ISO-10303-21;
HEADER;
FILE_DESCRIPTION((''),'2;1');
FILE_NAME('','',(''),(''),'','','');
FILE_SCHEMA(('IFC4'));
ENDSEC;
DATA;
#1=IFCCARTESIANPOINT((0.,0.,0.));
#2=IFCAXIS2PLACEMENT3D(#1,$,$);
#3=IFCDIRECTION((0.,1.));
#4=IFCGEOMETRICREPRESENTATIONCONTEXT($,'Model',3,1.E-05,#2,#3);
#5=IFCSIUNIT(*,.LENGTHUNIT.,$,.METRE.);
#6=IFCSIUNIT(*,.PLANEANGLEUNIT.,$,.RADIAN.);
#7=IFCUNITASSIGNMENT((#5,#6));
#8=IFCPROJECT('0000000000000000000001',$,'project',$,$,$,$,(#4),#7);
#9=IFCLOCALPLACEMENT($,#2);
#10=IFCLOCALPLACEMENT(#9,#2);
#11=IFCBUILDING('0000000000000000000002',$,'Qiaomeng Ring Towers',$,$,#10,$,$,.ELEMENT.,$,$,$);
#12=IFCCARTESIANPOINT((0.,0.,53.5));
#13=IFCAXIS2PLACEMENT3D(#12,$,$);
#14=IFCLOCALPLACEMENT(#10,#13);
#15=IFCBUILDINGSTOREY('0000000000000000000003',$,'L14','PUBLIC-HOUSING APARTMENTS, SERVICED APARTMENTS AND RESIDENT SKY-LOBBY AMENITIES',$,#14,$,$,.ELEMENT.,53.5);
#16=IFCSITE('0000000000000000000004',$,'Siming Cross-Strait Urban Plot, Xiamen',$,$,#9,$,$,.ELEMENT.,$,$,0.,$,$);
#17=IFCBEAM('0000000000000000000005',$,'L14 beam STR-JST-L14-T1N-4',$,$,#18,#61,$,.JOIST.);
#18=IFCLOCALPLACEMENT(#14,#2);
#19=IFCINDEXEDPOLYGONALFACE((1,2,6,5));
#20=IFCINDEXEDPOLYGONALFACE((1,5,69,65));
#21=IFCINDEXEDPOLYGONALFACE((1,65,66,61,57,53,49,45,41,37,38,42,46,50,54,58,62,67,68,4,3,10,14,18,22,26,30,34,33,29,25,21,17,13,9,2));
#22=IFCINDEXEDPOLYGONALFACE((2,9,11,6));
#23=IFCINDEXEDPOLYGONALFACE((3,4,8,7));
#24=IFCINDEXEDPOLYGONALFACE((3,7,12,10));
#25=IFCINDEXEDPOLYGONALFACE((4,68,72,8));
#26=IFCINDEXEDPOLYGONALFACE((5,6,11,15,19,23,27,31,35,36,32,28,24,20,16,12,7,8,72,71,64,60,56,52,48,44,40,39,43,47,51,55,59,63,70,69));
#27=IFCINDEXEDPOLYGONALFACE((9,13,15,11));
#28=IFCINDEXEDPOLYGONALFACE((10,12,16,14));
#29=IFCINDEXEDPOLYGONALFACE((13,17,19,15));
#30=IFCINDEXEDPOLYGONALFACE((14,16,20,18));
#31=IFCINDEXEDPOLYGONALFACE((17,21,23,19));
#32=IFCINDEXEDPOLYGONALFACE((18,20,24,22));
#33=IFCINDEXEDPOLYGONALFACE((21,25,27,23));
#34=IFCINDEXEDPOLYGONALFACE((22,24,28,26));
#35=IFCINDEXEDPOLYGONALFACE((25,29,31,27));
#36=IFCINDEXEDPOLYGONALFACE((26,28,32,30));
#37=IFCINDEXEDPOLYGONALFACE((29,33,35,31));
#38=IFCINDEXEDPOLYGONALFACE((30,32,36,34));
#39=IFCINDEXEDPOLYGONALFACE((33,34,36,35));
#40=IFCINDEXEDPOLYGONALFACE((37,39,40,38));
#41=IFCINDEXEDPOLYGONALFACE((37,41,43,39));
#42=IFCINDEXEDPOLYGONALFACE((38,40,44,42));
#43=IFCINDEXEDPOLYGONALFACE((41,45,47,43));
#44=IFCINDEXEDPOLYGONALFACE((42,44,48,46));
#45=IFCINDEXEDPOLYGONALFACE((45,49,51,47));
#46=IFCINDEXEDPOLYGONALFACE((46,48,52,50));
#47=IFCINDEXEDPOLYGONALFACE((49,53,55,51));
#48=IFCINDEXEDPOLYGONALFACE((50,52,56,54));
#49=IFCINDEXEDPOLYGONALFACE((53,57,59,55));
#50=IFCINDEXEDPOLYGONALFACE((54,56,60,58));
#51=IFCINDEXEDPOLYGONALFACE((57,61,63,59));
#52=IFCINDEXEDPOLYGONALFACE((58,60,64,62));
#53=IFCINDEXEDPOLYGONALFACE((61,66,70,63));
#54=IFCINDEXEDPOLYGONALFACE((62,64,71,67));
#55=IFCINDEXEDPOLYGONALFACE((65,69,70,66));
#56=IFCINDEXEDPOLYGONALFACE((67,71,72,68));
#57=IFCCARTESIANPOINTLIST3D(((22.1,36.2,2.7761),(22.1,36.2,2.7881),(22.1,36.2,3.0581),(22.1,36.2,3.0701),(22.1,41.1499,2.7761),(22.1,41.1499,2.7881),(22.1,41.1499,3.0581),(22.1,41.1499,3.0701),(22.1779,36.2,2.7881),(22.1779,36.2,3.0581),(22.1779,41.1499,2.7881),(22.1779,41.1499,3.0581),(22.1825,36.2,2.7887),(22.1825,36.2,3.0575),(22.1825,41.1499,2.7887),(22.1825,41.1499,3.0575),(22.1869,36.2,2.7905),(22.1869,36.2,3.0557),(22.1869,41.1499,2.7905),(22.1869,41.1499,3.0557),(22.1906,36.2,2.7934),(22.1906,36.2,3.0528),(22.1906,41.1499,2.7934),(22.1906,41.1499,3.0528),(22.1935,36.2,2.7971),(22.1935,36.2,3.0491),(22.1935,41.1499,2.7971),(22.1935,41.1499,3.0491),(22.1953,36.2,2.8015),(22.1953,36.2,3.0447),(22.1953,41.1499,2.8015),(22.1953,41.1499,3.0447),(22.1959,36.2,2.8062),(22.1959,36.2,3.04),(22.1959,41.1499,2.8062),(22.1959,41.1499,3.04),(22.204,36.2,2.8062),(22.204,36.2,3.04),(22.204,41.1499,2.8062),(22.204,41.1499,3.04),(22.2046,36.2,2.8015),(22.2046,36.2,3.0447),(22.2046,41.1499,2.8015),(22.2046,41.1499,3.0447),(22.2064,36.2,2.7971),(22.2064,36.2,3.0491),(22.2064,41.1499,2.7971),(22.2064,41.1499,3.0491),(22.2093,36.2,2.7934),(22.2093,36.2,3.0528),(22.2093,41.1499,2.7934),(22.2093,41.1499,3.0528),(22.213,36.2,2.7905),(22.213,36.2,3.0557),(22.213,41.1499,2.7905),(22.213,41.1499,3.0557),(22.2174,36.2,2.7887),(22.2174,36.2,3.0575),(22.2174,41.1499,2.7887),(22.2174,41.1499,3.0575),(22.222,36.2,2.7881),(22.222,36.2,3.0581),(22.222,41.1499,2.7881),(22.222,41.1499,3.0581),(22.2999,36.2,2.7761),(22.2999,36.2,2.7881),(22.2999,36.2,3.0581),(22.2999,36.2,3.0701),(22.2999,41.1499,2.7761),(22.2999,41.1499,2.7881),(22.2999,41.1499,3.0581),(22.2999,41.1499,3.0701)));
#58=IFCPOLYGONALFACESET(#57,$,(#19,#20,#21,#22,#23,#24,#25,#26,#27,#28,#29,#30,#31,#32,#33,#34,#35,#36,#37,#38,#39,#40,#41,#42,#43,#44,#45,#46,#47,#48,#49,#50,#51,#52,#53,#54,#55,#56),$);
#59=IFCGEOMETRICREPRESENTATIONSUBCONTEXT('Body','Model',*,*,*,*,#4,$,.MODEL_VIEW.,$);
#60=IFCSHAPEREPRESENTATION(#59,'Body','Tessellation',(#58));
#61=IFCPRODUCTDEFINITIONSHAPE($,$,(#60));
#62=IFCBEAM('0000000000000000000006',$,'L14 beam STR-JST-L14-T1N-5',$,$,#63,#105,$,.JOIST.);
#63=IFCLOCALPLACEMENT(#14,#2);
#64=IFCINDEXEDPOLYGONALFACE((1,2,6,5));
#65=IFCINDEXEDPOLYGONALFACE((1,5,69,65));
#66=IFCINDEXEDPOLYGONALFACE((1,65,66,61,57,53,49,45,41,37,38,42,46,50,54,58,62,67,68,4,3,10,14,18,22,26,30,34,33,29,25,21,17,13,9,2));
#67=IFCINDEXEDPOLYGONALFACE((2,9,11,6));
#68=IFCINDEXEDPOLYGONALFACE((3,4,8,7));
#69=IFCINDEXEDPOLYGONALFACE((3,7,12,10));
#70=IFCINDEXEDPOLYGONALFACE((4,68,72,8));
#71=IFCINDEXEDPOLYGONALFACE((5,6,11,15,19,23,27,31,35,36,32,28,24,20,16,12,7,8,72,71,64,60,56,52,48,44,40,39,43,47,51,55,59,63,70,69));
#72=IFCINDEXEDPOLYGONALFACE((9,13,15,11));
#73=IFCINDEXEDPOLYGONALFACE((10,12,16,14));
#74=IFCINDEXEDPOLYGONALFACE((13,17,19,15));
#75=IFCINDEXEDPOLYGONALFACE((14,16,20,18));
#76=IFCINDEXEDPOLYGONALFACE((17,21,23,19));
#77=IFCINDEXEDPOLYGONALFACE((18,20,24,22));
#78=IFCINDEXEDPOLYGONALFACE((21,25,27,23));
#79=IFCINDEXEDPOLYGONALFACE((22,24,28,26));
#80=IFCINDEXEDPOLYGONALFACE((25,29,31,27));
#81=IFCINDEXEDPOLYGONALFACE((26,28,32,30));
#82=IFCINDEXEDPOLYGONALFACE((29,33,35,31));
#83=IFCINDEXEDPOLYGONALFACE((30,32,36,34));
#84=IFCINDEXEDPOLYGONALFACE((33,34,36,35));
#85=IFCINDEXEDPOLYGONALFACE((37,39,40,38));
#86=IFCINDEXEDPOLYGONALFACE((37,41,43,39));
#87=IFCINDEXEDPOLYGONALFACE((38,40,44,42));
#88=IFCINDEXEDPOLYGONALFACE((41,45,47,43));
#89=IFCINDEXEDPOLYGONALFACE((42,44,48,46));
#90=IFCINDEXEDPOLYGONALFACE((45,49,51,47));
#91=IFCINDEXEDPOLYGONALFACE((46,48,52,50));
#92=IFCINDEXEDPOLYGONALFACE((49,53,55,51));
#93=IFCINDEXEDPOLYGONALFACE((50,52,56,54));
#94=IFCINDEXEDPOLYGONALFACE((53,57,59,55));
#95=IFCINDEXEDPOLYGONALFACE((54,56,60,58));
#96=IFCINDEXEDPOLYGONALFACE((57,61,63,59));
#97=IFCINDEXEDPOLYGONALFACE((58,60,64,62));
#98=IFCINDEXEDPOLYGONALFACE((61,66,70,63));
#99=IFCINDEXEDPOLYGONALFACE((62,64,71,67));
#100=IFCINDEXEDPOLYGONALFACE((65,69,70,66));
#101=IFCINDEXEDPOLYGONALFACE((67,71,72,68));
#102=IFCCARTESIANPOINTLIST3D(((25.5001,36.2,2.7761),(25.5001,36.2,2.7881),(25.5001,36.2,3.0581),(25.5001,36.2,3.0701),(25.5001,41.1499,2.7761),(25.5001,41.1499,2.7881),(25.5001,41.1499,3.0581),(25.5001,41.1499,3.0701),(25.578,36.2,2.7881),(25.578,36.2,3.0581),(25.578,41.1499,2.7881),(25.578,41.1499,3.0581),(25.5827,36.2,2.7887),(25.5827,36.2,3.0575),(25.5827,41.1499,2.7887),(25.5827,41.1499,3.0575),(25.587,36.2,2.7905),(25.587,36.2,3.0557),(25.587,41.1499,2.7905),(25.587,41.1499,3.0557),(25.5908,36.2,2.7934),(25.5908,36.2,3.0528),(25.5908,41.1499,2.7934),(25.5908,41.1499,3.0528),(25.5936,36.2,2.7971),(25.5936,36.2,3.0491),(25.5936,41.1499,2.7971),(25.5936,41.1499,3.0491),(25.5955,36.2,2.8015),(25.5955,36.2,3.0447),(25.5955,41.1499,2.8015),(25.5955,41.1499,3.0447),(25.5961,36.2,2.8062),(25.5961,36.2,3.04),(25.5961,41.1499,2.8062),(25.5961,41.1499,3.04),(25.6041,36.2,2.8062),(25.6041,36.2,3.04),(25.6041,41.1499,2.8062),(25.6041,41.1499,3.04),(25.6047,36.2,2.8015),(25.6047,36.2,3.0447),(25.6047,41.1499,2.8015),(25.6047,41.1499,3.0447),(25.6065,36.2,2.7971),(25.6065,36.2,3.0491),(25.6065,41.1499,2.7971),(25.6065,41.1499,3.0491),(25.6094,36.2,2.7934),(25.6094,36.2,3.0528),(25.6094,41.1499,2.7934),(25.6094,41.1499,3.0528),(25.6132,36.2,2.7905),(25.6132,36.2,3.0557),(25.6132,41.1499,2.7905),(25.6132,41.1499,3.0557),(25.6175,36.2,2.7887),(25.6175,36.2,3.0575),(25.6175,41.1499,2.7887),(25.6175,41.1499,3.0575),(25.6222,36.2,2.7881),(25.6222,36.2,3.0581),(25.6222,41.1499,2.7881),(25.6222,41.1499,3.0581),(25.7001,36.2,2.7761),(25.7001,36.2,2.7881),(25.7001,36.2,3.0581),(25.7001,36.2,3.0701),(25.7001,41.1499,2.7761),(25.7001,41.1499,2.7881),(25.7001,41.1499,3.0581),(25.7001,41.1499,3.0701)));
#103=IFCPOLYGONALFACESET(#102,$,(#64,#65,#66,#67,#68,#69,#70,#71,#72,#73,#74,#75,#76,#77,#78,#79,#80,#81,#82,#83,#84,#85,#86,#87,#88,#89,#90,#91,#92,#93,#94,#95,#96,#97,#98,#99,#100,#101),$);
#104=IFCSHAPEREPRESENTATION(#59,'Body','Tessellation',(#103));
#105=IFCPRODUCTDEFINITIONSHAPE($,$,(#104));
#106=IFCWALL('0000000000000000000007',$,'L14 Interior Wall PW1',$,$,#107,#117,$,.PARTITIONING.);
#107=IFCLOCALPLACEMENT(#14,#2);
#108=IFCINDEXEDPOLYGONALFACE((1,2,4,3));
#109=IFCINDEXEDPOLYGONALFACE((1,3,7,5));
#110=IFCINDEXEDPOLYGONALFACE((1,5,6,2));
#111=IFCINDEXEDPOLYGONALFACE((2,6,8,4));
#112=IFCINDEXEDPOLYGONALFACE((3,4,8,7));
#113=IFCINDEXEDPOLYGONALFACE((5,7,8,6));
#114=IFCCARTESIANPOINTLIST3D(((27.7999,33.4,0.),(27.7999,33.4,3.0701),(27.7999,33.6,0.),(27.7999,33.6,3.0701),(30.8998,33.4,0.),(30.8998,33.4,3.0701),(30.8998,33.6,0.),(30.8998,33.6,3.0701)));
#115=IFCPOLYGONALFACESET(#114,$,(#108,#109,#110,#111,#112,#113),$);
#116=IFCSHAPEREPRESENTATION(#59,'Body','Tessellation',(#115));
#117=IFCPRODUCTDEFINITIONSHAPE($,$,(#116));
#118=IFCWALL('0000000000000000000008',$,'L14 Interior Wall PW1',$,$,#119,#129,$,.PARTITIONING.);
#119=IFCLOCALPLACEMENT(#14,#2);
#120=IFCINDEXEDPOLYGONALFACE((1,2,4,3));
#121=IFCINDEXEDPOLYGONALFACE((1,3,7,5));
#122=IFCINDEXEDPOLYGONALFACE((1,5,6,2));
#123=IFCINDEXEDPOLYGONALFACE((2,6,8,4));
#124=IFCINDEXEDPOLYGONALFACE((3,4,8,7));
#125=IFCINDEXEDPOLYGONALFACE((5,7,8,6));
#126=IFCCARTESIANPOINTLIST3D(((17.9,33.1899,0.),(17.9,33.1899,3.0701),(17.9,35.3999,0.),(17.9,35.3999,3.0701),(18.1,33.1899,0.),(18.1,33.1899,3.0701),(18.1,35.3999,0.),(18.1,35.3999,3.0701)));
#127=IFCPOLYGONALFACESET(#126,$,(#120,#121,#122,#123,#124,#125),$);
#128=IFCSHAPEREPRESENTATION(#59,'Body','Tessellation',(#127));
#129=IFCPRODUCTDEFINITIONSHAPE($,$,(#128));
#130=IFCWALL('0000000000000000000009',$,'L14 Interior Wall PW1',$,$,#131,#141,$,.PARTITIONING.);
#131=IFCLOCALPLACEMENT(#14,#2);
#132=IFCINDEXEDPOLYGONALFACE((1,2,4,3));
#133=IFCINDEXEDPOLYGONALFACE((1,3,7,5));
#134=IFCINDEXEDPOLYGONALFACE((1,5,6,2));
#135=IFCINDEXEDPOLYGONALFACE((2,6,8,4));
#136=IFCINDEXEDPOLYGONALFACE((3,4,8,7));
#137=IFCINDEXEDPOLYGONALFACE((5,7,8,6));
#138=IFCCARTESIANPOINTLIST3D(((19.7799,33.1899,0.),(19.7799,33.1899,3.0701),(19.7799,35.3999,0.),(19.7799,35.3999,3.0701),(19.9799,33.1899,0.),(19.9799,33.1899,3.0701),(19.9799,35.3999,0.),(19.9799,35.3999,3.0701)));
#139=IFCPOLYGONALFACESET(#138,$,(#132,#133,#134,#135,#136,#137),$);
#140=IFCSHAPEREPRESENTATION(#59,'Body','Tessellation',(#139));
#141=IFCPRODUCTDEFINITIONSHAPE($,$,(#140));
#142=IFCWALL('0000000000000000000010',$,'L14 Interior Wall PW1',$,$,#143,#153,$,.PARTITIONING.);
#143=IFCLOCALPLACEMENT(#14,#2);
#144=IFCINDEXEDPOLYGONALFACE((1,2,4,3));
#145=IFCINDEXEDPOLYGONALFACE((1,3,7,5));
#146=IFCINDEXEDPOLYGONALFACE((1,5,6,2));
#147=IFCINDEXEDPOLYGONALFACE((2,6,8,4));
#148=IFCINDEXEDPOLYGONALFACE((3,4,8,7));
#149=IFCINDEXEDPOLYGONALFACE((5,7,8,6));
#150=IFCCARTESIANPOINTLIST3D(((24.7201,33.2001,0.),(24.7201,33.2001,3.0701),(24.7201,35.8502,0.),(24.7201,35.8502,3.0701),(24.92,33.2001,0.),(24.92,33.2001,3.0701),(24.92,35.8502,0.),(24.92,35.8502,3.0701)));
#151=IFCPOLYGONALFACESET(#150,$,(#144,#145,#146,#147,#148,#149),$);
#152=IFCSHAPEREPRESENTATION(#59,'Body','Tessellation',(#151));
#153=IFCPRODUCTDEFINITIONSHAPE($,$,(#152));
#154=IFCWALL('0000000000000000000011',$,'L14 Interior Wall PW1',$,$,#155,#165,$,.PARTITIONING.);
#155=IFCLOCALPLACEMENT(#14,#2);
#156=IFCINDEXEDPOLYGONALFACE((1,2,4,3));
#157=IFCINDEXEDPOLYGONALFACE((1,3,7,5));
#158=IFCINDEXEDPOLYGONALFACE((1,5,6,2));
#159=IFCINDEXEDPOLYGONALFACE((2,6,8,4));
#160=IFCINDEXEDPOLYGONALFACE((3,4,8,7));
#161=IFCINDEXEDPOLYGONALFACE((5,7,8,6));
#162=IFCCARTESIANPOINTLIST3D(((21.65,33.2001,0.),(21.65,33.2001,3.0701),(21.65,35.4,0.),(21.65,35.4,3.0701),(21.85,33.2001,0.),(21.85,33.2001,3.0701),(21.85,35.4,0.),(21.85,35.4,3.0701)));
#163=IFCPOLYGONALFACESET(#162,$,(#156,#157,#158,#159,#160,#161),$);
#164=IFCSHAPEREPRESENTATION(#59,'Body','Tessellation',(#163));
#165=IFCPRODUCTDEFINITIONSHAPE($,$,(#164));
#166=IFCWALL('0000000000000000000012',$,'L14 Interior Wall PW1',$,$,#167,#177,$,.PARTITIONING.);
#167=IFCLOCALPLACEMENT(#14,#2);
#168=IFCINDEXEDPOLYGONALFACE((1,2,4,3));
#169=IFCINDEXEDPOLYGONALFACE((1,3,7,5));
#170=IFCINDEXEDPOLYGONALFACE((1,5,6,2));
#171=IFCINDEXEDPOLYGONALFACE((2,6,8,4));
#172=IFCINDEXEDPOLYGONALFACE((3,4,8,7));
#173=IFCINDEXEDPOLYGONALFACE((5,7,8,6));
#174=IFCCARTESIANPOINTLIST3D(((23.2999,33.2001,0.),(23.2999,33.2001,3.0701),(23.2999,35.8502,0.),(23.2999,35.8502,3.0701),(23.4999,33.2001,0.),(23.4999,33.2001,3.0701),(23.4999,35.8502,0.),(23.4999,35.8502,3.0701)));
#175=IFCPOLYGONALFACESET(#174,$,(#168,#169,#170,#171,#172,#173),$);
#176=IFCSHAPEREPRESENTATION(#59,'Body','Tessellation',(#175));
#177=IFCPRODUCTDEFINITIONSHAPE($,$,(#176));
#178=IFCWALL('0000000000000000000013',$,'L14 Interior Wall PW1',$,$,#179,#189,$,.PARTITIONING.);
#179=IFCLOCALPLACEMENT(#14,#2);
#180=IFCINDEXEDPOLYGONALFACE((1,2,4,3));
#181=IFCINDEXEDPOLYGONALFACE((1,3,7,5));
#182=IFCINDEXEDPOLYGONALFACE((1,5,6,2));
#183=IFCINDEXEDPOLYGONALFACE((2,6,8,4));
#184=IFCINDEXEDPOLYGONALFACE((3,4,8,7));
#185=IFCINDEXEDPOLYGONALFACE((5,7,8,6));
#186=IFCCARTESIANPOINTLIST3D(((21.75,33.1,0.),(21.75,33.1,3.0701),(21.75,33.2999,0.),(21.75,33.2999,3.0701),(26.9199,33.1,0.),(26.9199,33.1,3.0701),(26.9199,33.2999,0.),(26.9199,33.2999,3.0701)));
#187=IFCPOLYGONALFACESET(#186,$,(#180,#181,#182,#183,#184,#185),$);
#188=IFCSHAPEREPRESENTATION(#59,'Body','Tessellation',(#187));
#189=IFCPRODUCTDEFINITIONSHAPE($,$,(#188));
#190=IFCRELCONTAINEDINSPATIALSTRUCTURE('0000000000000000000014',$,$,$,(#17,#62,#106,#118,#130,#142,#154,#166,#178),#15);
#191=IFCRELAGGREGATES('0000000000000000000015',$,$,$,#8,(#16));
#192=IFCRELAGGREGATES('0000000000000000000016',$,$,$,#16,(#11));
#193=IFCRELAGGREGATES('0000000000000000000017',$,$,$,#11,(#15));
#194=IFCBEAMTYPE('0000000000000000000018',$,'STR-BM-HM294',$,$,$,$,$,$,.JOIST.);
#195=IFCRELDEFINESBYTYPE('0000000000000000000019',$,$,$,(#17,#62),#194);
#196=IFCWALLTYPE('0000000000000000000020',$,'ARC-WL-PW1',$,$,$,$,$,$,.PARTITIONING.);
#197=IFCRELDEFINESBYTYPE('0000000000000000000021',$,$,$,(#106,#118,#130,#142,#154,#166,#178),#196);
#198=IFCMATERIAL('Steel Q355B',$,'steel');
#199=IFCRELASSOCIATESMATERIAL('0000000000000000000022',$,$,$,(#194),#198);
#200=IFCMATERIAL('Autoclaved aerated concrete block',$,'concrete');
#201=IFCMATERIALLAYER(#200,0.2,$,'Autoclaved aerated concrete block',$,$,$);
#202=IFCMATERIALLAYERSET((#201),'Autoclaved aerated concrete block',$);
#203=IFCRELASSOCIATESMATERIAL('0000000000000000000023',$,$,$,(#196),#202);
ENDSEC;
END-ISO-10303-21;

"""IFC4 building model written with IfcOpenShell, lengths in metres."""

from ifc_helpers import new_model, si_unit, direction, frame, frame_2d, origin, origin_2d, place, context, subcontext, project, spatial, rectangle, i_section, extrude, source, transform, mapped, material, layer, layer_set, material_profile, profile_set, type_object, element, save


model = new_model("IFC4")

# Units and contexts
model_context = context("Model", 3, precision=1e-05, world=origin(), true_north=direction((0.0, 1.0)))
body_context = subcontext(model_context, "Body", "Model", "MODEL_VIEW")
ifc_project = project(units=[si_unit("LENGTHUNIT", "METRE"), si_unit("PLANEANGLEUNIT", "RADIAN")], contexts=[model_context])

# Site, building, storey
site_placement = place(None, origin())
site = spatial("IfcSite", under=ifc_project, at=site_placement, Name="Siming Cross-Strait Urban Plot, Xiamen", CompositionType="ELEMENT", RefElevation=0.0)
building_placement = place(site_placement, origin())
building = spatial("IfcBuilding", under=site, at=building_placement, Name="Qiaomeng Ring Towers", CompositionType="ELEMENT")
storey_placement = place(building_placement, frame((0.0, 0.0, 53.5)))
storey = spatial("IfcBuildingStorey", under=building, at=storey_placement, Name="L14", Description="PUBLIC-HOUSING APARTMENTS, SERVICED APARTMENTS AND RESIDENT SKY-LOBBY AMENITIES", CompositionType="ELEMENT", Elevation=53.5)

# Beams
ifc_material_1 = material(Name="Steel Q355B", Category="steel")
ifc_material_profile_1 = material_profile(ifc_material_1, i_section(OverallWidth=0.2, OverallDepth=0.2939, WebThickness=0.0081, FlangeThickness=0.012, FilletRadius=0.0181, at=origin_2d()), Name="HM 294x200x8x12")
ifc_profile_set_1 = profile_set([ifc_material_profile_1], Name="Steel Q355B")
beam_type_1 = type_object("IfcBeamType", Name="STR-BM-HM294", PredefinedType="JOIST", material=ifc_profile_set_1)
shared_shape_1 = source(origin(), body_context, "Body", "SweptSolid", [
    extrude(i_section(OverallWidth=0.2, OverallDepth=0.2939, WebThickness=0.0081, FlangeThickness=0.012, FilletRadius=0.0181, at=origin_2d()), origin(), (0.0, 0.0, 1.0), 4.95),
])
for number, where, z_axis, x_axis, name in (
    (1, (22.2, 36.2, 2.9231), (0.0, 1.0, 0.0), (-1.0, 0.0, 0.0), "L14 beam STR-JST-L14-T1N-4"),
    (2, (25.6001, 36.2, 2.9231), (0.0, 1.0, 0.0), (-1.0, 0.0, 0.0), "L14 beam STR-JST-L14-T1N-5"),
):
    element("IfcBeam", number, at=place(storey_placement, frame(where, z_axis=z_axis, x_axis=x_axis)), inside=storey, type_object=beam_type_1, Name=name, PredefinedType="JOIST", context=body_context, shape_type="MappedRepresentation", body=[
        mapped(shared_shape_1, transform((0.0, 0.0, 0.0), x_axis=(1.0, 0.0, 0.0), y_axis=(0.0, 1.0, 0.0), z_axis=(0.0, 0.0, 1.0), scale=1.0)),
    ])

# Walls
ifc_material_2 = material(Name="Autoclaved aerated concrete block", Category="concrete")
ifc_layer_1 = layer(ifc_material_2, 0.2, Name="Autoclaved aerated concrete block")
ifc_layer_set_1 = layer_set([ifc_layer_1], Name="Autoclaved aerated concrete block")
wall_type_1 = type_object("IfcWallType", Name="ARC-WL-PW1", PredefinedType="PARTITIONING", material=ifc_layer_set_1)
wall_1_placement = place(storey_placement, frame((27.8, 33.5, 0.0), z_axis=(0.0, 0.0, 1.0), x_axis=(1.0, 0.0, 0.0)))
element("IfcWall", 3, at=wall_1_placement, inside=storey, type_object=wall_type_1, Name="L14 Interior Wall PW1", PredefinedType="PARTITIONING", context=body_context, shape_type="SweptSolid", body=[
    extrude(rectangle(XDim=3.0999, YDim=0.2, at=frame_2d((1.5498, 0.0))), origin(), (0.0, 0.0, 1.0), 3.0701),
])
for number, where, z_axis, x_axis, name in (
    (4, (18.0, 33.1899, 0.0), (0.0, 0.0, 1.0), (0.0, 1.0, 0.0), "L14 Interior Wall PW1"),
    (5, (19.8799, 33.1899, 0.0), (0.0, 0.0, 1.0), (0.0, 1.0, 0.0), "L14 Interior Wall PW1"),
):
    element("IfcWall", number, at=place(storey_placement, frame(where, z_axis=z_axis, x_axis=x_axis)), inside=storey, type_object=wall_type_1, Name=name, PredefinedType="PARTITIONING", context=body_context, shape_type="SweptSolid", body=[
        extrude(rectangle(XDim=2.21, YDim=0.2, at=frame_2d((1.105, 0.0))), origin(), (0.0, 0.0, 1.0), 3.0701),
    ])
wall_2_placement = place(storey_placement, frame((24.8201, 33.2, 0.0), z_axis=(0.0, 0.0, 1.0), x_axis=(0.0, 1.0, 0.0)))
element("IfcWall", 6, at=wall_2_placement, inside=storey, type_object=wall_type_1, Name="L14 Interior Wall PW1", PredefinedType="PARTITIONING", context=body_context, shape_type="SweptSolid", body=[
    extrude(rectangle(XDim=2.6501, YDim=0.2, at=frame_2d((1.3252, 0.0))), origin(), (0.0, 0.0, 1.0), 3.0701),
])
wall_3_placement = place(storey_placement, frame((21.75, 33.2, 0.0), z_axis=(0.0, 0.0, 1.0), x_axis=(0.0, 1.0, 0.0)))
element("IfcWall", 7, at=wall_3_placement, inside=storey, type_object=wall_type_1, Name="L14 Interior Wall PW1", PredefinedType="PARTITIONING", context=body_context, shape_type="SweptSolid", body=[
    extrude(rectangle(XDim=2.2, YDim=0.2, at=frame_2d((1.1001, 0.0))), origin(), (0.0, 0.0, 1.0), 3.0701),
])
wall_4_placement = place(storey_placement, frame((23.3999, 33.2, 0.0), z_axis=(0.0, 0.0, 1.0), x_axis=(0.0, 1.0, 0.0)))
element("IfcWall", 8, at=wall_4_placement, inside=storey, type_object=wall_type_1, Name="L14 Interior Wall PW1", PredefinedType="PARTITIONING", context=body_context, shape_type="SweptSolid", body=[
    extrude(rectangle(XDim=2.6501, YDim=0.2, at=frame_2d((1.3252, 0.0))), origin(), (0.0, 0.0, 1.0), 3.0701),
])
wall_5_placement = place(storey_placement, frame((21.75, 33.2, 0.0), z_axis=(0.0, 0.0, 1.0), x_axis=(1.0, 0.0, 0.0)))
element("IfcWall", 9, at=wall_5_placement, inside=storey, type_object=wall_type_1, Name="L14 Interior Wall PW1", PredefinedType="PARTITIONING", context=body_context, shape_type="SweptSolid", body=[
    extrude(rectangle(XDim=5.1699, YDim=0.2, at=frame_2d((2.585, 0.0))), origin(), (0.0, 0.0, 1.0), 3.0701),
])

save(model, "model.ifc")
